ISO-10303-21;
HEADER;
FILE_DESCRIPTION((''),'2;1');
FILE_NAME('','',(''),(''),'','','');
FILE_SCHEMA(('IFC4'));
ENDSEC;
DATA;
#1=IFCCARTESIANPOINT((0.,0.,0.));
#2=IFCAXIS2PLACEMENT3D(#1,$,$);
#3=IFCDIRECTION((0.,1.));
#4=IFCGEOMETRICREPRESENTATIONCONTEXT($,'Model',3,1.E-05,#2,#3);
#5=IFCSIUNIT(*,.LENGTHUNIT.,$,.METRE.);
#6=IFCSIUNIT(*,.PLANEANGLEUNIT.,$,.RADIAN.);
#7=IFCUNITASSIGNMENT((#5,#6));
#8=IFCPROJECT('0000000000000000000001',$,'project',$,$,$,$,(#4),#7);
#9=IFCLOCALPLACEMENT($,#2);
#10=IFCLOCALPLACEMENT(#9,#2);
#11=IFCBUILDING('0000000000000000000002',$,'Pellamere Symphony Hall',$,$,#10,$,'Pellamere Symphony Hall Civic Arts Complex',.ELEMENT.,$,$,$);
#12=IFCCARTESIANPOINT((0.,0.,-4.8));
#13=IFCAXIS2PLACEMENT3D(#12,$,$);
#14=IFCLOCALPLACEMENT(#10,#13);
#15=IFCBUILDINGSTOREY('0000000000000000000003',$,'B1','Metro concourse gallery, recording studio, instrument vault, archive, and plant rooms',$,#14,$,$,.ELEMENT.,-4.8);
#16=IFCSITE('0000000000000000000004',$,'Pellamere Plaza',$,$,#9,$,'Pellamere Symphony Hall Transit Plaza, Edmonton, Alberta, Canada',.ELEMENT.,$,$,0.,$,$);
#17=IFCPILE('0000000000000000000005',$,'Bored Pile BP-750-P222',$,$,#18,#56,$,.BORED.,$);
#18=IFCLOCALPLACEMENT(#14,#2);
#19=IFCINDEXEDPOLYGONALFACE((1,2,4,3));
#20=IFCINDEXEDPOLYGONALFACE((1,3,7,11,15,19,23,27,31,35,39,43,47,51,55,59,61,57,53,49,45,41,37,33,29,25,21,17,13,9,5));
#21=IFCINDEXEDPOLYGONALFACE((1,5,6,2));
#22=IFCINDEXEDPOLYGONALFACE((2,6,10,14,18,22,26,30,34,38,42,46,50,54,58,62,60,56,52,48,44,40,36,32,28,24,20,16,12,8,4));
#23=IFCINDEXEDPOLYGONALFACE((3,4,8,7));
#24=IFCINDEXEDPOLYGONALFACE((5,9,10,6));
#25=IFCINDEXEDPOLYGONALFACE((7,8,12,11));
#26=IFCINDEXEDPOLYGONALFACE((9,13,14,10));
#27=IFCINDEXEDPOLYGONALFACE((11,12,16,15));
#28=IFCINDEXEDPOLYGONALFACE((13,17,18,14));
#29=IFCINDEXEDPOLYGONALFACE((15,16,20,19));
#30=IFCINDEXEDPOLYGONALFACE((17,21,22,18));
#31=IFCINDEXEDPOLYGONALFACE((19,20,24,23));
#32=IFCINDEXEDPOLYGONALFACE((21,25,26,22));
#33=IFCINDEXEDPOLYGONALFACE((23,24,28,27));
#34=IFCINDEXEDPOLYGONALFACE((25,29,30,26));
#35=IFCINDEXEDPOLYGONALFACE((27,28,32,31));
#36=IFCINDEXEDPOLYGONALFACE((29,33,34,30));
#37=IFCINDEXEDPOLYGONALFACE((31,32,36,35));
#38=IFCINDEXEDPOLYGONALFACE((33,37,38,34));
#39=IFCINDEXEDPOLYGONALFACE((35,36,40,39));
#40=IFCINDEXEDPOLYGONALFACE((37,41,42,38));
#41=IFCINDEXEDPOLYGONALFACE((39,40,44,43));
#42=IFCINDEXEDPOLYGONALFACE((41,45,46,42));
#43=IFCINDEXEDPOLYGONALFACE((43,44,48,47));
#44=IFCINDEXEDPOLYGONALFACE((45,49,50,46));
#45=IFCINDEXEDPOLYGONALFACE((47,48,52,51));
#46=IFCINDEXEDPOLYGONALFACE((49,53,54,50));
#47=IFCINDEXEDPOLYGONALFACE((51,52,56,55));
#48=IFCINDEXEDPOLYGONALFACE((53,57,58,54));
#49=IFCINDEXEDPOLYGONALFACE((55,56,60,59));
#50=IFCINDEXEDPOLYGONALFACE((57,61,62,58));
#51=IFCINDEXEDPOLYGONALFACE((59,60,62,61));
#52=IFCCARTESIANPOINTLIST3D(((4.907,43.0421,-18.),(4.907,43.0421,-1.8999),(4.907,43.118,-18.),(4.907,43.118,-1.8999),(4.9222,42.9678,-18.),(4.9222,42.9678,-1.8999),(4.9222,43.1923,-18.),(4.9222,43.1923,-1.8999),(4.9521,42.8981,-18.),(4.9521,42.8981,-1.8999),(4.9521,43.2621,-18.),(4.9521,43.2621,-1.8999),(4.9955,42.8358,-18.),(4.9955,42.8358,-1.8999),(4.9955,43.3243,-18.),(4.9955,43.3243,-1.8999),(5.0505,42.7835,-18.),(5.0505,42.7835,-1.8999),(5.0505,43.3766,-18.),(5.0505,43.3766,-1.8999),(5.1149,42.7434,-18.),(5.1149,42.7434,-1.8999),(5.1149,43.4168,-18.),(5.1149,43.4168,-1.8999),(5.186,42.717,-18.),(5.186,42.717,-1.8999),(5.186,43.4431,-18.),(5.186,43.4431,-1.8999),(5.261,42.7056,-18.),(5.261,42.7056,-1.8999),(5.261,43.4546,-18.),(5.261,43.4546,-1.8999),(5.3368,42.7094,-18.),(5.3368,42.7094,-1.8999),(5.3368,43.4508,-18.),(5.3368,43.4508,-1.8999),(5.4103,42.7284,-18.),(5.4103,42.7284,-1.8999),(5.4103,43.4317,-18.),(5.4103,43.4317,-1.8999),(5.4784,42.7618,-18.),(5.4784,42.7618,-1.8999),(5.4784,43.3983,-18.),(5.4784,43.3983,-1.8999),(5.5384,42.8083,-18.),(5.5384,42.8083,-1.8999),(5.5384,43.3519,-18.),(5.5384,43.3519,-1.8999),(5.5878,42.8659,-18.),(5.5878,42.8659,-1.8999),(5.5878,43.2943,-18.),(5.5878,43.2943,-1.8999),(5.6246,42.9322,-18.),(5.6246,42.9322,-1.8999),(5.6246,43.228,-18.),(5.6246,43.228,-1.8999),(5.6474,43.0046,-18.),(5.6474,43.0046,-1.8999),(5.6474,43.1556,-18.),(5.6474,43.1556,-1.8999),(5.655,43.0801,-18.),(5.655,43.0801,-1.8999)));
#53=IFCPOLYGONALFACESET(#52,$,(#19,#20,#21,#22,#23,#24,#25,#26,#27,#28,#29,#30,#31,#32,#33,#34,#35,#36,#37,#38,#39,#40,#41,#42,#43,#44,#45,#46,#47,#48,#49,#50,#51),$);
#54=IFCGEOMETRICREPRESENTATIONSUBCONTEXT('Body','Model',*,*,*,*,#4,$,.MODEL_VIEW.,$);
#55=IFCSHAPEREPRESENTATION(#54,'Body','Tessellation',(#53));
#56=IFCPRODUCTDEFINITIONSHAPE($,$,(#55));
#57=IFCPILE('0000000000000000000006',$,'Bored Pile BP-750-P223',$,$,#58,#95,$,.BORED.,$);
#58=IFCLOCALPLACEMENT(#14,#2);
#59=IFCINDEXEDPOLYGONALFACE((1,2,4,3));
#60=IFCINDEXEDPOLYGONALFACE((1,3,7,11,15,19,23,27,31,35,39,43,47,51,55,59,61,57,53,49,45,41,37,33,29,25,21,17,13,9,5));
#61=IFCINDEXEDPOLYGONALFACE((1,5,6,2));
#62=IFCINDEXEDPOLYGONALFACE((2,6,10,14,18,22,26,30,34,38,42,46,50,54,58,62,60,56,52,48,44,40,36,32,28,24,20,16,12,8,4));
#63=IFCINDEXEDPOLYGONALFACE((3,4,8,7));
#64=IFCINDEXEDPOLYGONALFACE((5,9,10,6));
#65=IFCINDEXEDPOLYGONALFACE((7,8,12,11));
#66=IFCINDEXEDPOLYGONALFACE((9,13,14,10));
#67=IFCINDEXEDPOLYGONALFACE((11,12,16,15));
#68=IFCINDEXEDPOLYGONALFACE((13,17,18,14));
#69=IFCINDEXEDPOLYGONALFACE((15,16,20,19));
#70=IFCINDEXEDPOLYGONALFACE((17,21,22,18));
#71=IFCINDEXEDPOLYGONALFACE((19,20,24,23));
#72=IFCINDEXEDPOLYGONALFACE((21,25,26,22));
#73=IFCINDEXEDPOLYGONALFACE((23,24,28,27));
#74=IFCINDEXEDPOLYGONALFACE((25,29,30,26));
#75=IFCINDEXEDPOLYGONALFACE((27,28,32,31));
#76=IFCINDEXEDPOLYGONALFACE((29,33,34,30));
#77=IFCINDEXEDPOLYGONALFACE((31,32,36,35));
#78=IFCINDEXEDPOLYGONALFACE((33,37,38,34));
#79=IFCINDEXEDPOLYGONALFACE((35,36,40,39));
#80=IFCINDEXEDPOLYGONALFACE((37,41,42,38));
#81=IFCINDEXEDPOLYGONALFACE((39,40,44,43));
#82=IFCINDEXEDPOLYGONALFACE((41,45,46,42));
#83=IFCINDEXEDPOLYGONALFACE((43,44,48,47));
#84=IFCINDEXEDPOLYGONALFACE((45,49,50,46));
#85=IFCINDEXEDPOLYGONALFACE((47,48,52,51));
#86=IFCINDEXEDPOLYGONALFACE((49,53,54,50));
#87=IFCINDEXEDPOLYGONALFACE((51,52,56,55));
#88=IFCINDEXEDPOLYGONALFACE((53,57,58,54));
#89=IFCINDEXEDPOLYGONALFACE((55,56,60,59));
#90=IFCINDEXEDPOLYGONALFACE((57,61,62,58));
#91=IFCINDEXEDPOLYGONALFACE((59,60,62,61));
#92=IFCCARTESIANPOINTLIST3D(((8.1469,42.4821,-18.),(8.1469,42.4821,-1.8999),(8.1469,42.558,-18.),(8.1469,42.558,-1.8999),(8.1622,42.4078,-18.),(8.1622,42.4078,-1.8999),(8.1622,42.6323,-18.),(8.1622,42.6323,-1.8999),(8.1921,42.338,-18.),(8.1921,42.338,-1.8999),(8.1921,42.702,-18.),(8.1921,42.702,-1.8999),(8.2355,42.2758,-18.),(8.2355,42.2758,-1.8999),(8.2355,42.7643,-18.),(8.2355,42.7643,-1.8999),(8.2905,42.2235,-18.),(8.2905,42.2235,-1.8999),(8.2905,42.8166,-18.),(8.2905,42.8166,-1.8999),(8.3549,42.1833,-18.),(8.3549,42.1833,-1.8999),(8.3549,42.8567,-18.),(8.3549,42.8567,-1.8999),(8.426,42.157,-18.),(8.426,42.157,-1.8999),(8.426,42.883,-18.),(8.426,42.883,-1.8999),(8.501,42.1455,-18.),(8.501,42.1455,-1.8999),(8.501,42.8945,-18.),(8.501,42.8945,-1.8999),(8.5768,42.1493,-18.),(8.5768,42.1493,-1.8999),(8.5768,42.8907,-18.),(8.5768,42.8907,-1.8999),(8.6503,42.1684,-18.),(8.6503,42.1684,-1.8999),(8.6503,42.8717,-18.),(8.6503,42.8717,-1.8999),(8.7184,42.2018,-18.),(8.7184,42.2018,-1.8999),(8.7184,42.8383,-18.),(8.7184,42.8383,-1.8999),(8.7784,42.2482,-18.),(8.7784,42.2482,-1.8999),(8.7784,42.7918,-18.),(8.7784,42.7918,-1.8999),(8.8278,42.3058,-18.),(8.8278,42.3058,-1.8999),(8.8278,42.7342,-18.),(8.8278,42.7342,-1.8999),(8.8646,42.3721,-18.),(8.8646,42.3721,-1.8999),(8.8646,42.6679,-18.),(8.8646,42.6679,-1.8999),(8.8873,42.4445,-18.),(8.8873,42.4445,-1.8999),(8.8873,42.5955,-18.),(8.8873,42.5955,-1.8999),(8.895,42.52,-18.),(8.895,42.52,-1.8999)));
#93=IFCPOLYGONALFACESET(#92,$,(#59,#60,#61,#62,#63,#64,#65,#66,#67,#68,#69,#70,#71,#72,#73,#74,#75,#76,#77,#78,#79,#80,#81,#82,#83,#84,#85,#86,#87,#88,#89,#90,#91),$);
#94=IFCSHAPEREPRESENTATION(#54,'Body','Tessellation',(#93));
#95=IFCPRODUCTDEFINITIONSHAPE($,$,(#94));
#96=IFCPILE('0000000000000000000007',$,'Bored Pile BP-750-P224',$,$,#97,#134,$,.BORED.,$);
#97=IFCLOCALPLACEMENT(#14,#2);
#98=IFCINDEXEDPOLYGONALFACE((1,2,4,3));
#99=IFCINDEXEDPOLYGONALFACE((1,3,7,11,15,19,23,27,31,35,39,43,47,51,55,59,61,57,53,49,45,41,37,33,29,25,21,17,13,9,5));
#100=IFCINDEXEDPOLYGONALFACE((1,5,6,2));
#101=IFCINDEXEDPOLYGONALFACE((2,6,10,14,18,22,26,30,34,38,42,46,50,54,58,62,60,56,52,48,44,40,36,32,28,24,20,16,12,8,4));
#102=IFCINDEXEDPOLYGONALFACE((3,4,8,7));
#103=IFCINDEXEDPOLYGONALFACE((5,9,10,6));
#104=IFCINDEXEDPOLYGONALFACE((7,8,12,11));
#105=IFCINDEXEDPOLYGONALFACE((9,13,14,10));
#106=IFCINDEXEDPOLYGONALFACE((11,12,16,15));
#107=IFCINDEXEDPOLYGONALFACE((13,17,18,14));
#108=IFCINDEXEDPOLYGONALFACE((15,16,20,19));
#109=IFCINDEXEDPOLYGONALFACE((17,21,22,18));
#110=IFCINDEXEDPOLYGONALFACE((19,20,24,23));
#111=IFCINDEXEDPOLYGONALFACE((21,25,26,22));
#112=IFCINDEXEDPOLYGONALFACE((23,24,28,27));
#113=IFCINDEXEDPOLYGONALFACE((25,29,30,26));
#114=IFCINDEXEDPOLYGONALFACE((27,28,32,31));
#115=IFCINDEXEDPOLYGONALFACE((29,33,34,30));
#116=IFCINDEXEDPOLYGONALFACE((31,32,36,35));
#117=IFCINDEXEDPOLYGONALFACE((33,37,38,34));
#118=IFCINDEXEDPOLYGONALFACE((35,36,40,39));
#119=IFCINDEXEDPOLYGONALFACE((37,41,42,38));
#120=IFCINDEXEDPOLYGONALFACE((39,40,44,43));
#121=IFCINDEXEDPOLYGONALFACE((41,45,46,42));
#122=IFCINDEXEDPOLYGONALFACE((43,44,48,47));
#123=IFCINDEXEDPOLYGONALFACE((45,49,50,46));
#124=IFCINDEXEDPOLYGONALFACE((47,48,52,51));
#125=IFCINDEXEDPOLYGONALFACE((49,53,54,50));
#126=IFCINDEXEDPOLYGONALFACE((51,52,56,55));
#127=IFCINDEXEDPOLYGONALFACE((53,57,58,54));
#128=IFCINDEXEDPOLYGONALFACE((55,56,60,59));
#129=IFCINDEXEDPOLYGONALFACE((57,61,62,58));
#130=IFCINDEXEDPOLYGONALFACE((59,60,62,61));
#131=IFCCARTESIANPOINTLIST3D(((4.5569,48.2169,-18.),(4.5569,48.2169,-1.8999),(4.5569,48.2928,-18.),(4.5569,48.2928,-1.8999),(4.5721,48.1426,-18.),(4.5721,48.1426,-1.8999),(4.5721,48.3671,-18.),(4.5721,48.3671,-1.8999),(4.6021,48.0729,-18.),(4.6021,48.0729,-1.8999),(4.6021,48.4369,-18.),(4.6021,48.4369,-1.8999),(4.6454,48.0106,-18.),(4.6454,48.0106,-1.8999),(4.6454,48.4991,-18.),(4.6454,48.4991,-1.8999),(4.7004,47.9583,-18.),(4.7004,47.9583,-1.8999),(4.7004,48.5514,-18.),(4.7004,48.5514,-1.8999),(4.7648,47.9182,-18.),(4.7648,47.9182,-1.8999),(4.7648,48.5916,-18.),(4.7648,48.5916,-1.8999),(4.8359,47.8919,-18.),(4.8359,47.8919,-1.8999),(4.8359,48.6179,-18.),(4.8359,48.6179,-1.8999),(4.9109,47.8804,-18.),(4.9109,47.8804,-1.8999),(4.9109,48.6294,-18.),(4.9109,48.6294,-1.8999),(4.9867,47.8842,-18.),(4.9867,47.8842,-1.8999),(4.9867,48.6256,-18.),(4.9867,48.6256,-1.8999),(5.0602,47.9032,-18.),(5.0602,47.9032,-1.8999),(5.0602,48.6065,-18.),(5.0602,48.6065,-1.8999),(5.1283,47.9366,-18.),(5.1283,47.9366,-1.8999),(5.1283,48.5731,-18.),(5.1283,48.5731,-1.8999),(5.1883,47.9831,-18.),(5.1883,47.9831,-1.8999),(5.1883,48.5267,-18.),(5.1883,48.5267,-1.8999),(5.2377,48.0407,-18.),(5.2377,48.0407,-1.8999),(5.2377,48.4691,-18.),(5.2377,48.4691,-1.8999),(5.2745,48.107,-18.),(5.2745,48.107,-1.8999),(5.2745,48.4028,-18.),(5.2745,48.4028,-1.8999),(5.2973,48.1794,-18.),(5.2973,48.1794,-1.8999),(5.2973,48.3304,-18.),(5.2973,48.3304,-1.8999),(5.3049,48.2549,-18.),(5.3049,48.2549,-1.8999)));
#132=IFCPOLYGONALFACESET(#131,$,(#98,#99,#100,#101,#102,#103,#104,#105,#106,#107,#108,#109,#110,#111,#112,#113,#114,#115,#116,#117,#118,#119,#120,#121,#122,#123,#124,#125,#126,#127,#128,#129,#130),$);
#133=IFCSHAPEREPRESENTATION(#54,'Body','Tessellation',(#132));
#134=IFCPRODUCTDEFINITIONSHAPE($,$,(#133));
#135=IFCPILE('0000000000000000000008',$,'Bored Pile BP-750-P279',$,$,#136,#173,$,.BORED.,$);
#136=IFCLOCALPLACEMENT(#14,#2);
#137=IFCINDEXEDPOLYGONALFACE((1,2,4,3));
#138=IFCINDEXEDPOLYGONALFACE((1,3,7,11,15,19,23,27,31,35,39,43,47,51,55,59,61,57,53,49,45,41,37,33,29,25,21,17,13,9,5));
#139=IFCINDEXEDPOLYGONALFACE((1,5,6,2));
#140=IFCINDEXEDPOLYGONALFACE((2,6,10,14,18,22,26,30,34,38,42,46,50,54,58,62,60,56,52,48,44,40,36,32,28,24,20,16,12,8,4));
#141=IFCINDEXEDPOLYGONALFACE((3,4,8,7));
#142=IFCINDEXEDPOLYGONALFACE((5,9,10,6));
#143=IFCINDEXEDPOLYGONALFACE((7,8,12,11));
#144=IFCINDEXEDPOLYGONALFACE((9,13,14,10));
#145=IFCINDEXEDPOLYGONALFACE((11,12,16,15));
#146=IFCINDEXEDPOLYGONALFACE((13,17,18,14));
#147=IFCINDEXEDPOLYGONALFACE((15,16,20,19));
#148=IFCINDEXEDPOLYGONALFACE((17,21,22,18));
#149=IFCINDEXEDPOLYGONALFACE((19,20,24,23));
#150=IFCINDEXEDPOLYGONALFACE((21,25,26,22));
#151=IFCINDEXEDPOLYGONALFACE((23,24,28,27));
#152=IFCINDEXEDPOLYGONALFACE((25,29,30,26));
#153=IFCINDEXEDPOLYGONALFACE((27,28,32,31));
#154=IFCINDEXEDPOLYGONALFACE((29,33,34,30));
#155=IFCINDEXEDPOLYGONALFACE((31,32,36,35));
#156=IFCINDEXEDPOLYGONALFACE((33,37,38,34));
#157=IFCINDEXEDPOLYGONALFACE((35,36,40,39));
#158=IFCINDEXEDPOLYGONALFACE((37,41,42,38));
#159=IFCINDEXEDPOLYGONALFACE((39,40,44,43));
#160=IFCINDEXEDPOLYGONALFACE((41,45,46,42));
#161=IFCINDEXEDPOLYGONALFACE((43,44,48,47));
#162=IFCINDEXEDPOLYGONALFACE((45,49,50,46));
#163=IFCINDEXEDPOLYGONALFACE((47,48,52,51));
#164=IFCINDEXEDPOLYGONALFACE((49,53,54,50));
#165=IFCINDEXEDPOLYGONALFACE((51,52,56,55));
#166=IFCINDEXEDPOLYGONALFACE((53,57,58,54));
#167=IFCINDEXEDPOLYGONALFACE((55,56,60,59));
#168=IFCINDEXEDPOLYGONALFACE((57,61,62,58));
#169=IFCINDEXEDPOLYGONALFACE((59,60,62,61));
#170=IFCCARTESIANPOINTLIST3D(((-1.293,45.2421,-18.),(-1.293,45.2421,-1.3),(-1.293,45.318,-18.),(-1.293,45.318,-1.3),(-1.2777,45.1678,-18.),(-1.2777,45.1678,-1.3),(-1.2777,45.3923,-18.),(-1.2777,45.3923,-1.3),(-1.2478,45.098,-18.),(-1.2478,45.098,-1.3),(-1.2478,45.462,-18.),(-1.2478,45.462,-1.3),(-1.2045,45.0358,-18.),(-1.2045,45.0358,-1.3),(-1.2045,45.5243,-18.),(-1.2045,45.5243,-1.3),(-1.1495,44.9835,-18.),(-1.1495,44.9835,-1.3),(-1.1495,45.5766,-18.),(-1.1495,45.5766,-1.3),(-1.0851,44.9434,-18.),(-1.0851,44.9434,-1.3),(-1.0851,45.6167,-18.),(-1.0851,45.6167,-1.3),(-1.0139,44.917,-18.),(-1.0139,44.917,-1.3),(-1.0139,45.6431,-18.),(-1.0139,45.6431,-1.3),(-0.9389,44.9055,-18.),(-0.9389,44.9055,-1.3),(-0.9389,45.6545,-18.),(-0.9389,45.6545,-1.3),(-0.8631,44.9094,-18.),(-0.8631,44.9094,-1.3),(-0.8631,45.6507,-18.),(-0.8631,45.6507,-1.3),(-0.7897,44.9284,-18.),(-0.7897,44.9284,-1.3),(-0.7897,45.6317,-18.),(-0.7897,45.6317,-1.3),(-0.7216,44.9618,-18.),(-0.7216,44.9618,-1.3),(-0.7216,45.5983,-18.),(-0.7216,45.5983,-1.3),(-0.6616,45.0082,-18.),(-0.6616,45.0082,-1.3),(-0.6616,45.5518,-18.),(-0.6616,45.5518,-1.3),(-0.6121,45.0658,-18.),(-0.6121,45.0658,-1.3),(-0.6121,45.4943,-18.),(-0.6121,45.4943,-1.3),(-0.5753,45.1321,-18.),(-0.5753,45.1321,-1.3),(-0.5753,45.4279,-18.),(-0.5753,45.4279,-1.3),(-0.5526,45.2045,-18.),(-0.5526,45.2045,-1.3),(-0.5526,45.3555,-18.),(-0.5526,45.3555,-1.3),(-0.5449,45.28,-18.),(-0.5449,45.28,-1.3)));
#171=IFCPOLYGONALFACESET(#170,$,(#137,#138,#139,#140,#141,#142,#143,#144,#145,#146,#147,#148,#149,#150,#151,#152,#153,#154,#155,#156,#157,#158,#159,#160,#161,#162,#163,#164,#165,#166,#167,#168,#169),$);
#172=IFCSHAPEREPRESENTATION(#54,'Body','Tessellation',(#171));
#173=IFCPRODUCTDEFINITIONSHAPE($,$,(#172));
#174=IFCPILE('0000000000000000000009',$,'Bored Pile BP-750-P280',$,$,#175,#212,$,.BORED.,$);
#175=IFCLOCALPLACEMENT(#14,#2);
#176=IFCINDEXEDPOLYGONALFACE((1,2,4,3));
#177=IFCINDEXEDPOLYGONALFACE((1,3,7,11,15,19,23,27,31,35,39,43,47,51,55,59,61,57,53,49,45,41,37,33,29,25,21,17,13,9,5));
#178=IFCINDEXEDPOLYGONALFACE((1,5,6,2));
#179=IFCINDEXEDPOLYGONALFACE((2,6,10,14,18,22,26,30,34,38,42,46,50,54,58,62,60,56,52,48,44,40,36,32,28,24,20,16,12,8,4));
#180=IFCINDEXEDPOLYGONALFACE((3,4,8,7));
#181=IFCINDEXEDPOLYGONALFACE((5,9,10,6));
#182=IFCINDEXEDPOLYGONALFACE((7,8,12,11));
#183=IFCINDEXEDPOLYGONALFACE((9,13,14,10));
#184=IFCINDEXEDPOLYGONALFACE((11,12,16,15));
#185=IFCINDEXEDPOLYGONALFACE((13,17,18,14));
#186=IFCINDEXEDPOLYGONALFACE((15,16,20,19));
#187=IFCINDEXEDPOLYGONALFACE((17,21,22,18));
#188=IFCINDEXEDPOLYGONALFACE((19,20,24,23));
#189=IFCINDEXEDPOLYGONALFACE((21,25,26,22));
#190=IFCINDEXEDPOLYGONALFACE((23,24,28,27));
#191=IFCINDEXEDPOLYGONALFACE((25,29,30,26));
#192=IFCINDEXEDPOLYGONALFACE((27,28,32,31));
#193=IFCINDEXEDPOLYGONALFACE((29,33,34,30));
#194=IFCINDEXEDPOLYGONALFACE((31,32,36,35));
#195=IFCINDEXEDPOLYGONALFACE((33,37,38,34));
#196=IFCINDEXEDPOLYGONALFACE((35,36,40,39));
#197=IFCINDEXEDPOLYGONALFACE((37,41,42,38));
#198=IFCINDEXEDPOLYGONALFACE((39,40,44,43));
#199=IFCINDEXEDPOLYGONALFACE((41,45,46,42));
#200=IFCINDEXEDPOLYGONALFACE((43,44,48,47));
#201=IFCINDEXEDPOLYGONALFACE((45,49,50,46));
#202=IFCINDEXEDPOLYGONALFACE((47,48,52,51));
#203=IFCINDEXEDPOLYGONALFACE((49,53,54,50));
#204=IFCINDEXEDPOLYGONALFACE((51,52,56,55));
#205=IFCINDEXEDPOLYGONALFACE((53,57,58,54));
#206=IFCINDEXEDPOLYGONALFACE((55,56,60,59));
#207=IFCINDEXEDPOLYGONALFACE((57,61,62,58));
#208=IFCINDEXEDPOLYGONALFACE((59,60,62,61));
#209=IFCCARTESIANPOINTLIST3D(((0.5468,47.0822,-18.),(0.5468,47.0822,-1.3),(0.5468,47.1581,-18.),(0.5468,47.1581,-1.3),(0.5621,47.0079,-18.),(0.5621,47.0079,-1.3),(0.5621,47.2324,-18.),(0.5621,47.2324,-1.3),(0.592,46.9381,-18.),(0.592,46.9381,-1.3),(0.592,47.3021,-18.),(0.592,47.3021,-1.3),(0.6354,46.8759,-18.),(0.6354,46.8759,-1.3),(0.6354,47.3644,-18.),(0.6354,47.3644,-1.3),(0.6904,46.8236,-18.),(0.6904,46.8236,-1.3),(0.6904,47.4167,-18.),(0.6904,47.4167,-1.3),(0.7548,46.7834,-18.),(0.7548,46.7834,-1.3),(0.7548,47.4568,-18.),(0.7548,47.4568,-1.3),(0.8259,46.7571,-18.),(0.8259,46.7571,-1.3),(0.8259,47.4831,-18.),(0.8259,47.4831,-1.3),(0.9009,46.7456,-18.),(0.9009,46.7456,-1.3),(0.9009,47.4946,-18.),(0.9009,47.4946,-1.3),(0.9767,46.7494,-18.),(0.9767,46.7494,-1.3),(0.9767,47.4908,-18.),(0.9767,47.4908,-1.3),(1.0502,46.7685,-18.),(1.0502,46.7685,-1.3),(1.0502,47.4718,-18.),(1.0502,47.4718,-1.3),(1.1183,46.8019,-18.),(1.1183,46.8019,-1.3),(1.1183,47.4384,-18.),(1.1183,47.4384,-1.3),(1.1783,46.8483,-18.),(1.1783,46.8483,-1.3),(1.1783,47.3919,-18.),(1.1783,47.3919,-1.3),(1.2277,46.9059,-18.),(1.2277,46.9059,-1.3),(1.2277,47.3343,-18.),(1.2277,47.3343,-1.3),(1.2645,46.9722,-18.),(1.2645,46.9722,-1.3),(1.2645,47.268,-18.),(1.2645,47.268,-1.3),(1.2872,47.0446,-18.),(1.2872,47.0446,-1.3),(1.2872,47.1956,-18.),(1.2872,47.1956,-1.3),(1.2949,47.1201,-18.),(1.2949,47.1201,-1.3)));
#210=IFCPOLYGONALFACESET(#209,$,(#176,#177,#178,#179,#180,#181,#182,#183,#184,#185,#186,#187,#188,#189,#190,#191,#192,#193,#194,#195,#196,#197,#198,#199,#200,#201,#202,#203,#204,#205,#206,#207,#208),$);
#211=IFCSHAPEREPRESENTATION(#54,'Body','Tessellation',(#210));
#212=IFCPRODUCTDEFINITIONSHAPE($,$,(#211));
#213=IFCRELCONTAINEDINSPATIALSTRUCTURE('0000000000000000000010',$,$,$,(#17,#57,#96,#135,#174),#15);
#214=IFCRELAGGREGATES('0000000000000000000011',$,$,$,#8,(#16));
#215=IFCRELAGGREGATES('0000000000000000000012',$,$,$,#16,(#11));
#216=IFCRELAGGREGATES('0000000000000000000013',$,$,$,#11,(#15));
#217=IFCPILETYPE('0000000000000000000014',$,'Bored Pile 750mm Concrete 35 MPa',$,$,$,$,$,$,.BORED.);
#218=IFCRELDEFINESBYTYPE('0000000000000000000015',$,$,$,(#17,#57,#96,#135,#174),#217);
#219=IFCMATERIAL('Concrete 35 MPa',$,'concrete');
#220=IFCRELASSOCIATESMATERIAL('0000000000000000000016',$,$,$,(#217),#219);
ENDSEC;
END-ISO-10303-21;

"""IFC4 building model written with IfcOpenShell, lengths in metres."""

from ifc_helpers import new_model, si_unit, direction, frame, origin, origin_2d, place, context, subcontext, project, spatial, circle, extrude, material, material_profile, profile_set, type_object, element, save


model = new_model("IFC4")

# Units and contexts
model_context = context("Model", 3, precision=1e-05, world=origin(), true_north=direction((0.0, 1.0)))
body_context = subcontext(model_context, "Body", "Model", "MODEL_VIEW")
ifc_project = project(units=[si_unit("LENGTHUNIT", "METRE"), si_unit("PLANEANGLEUNIT", "RADIAN")], contexts=[model_context])

# Site, building, storey
site_placement = place(None, origin())
site = spatial("IfcSite", under=ifc_project, at=site_placement, Name="Pellamere Plaza", LongName="Pellamere Symphony Hall Transit Plaza, Edmonton, Alberta, Canada", CompositionType="ELEMENT", RefElevation=0.0)
building_placement = place(site_placement, origin())
building = spatial("IfcBuilding", under=site, at=building_placement, Name="Pellamere Symphony Hall", LongName="Pellamere Symphony Hall Civic Arts Complex", CompositionType="ELEMENT")
storey_placement = place(building_placement, frame((0.0, 0.0, -4.8)))
storey = spatial("IfcBuildingStorey", under=building, at=storey_placement, Name="B1", Description="Metro concourse gallery, recording studio, instrument vault, archive, and plant rooms", CompositionType="ELEMENT", Elevation=-4.8)

# Piles
ifc_material_1 = material(Name="Concrete 35 MPa", Category="concrete")
ifc_material_profile_1 = material_profile(ifc_material_1, circle(Radius=0.375, at=origin_2d()), Name="PILE D750")
ifc_profile_set_1 = profile_set([ifc_material_profile_1], Name="Concrete 35 MPa")
pile_type = type_object("IfcPileType", Name="Bored Pile 750mm Concrete 35 MPa", PredefinedType="BORED", material=ifc_profile_set_1)
for number, where, z_axis, x_axis, name in (
    (1, (5.28, 43.0801, -1.8999), (0.0, 0.0, -1.0), (1.0, 0.0, 0.0), "Bored Pile BP-750-P222"),
    (2, (8.52, 42.52, -1.8999), (0.0, 0.0, -1.0), (1.0, 0.0, 0.0), "Bored Pile BP-750-P223"),
    (3, (4.9299, 48.2549, -1.8999), (0.0, 0.0, -1.0), (1.0, 0.0, 0.0), "Bored Pile BP-750-P224"),
):
    element("IfcPile", number, at=place(storey_placement, frame(where, z_axis=z_axis, x_axis=x_axis)), inside=storey, type_object=pile_type, Name=name, PredefinedType="BORED", context=body_context, shape_type="SweptSolid", body=[
        extrude(circle(Radius=0.375, at=origin_2d()), origin(), (0.0, 0.0, 1.0), 16.1001),
    ])
for number, where, z_axis, x_axis, name in (
    (4, (-0.9199, 45.28, -1.3), (0.0, 0.0, -1.0), (1.0, 0.0, 0.0), "Bored Pile BP-750-P279"),
    (5, (0.9199, 47.1201, -1.3), (0.0, 0.0, -1.0), (1.0, 0.0, 0.0), "Bored Pile BP-750-P280"),
):
    element("IfcPile", number, at=place(storey_placement, frame(where, z_axis=z_axis, x_axis=x_axis)), inside=storey, type_object=pile_type, Name=name, PredefinedType="BORED", context=body_context, shape_type="SweptSolid", body=[
        extrude(circle(Radius=0.375, at=origin_2d()), origin(), (0.0, 0.0, 1.0), 16.7),
    ])

save(model, "model.ifc")
